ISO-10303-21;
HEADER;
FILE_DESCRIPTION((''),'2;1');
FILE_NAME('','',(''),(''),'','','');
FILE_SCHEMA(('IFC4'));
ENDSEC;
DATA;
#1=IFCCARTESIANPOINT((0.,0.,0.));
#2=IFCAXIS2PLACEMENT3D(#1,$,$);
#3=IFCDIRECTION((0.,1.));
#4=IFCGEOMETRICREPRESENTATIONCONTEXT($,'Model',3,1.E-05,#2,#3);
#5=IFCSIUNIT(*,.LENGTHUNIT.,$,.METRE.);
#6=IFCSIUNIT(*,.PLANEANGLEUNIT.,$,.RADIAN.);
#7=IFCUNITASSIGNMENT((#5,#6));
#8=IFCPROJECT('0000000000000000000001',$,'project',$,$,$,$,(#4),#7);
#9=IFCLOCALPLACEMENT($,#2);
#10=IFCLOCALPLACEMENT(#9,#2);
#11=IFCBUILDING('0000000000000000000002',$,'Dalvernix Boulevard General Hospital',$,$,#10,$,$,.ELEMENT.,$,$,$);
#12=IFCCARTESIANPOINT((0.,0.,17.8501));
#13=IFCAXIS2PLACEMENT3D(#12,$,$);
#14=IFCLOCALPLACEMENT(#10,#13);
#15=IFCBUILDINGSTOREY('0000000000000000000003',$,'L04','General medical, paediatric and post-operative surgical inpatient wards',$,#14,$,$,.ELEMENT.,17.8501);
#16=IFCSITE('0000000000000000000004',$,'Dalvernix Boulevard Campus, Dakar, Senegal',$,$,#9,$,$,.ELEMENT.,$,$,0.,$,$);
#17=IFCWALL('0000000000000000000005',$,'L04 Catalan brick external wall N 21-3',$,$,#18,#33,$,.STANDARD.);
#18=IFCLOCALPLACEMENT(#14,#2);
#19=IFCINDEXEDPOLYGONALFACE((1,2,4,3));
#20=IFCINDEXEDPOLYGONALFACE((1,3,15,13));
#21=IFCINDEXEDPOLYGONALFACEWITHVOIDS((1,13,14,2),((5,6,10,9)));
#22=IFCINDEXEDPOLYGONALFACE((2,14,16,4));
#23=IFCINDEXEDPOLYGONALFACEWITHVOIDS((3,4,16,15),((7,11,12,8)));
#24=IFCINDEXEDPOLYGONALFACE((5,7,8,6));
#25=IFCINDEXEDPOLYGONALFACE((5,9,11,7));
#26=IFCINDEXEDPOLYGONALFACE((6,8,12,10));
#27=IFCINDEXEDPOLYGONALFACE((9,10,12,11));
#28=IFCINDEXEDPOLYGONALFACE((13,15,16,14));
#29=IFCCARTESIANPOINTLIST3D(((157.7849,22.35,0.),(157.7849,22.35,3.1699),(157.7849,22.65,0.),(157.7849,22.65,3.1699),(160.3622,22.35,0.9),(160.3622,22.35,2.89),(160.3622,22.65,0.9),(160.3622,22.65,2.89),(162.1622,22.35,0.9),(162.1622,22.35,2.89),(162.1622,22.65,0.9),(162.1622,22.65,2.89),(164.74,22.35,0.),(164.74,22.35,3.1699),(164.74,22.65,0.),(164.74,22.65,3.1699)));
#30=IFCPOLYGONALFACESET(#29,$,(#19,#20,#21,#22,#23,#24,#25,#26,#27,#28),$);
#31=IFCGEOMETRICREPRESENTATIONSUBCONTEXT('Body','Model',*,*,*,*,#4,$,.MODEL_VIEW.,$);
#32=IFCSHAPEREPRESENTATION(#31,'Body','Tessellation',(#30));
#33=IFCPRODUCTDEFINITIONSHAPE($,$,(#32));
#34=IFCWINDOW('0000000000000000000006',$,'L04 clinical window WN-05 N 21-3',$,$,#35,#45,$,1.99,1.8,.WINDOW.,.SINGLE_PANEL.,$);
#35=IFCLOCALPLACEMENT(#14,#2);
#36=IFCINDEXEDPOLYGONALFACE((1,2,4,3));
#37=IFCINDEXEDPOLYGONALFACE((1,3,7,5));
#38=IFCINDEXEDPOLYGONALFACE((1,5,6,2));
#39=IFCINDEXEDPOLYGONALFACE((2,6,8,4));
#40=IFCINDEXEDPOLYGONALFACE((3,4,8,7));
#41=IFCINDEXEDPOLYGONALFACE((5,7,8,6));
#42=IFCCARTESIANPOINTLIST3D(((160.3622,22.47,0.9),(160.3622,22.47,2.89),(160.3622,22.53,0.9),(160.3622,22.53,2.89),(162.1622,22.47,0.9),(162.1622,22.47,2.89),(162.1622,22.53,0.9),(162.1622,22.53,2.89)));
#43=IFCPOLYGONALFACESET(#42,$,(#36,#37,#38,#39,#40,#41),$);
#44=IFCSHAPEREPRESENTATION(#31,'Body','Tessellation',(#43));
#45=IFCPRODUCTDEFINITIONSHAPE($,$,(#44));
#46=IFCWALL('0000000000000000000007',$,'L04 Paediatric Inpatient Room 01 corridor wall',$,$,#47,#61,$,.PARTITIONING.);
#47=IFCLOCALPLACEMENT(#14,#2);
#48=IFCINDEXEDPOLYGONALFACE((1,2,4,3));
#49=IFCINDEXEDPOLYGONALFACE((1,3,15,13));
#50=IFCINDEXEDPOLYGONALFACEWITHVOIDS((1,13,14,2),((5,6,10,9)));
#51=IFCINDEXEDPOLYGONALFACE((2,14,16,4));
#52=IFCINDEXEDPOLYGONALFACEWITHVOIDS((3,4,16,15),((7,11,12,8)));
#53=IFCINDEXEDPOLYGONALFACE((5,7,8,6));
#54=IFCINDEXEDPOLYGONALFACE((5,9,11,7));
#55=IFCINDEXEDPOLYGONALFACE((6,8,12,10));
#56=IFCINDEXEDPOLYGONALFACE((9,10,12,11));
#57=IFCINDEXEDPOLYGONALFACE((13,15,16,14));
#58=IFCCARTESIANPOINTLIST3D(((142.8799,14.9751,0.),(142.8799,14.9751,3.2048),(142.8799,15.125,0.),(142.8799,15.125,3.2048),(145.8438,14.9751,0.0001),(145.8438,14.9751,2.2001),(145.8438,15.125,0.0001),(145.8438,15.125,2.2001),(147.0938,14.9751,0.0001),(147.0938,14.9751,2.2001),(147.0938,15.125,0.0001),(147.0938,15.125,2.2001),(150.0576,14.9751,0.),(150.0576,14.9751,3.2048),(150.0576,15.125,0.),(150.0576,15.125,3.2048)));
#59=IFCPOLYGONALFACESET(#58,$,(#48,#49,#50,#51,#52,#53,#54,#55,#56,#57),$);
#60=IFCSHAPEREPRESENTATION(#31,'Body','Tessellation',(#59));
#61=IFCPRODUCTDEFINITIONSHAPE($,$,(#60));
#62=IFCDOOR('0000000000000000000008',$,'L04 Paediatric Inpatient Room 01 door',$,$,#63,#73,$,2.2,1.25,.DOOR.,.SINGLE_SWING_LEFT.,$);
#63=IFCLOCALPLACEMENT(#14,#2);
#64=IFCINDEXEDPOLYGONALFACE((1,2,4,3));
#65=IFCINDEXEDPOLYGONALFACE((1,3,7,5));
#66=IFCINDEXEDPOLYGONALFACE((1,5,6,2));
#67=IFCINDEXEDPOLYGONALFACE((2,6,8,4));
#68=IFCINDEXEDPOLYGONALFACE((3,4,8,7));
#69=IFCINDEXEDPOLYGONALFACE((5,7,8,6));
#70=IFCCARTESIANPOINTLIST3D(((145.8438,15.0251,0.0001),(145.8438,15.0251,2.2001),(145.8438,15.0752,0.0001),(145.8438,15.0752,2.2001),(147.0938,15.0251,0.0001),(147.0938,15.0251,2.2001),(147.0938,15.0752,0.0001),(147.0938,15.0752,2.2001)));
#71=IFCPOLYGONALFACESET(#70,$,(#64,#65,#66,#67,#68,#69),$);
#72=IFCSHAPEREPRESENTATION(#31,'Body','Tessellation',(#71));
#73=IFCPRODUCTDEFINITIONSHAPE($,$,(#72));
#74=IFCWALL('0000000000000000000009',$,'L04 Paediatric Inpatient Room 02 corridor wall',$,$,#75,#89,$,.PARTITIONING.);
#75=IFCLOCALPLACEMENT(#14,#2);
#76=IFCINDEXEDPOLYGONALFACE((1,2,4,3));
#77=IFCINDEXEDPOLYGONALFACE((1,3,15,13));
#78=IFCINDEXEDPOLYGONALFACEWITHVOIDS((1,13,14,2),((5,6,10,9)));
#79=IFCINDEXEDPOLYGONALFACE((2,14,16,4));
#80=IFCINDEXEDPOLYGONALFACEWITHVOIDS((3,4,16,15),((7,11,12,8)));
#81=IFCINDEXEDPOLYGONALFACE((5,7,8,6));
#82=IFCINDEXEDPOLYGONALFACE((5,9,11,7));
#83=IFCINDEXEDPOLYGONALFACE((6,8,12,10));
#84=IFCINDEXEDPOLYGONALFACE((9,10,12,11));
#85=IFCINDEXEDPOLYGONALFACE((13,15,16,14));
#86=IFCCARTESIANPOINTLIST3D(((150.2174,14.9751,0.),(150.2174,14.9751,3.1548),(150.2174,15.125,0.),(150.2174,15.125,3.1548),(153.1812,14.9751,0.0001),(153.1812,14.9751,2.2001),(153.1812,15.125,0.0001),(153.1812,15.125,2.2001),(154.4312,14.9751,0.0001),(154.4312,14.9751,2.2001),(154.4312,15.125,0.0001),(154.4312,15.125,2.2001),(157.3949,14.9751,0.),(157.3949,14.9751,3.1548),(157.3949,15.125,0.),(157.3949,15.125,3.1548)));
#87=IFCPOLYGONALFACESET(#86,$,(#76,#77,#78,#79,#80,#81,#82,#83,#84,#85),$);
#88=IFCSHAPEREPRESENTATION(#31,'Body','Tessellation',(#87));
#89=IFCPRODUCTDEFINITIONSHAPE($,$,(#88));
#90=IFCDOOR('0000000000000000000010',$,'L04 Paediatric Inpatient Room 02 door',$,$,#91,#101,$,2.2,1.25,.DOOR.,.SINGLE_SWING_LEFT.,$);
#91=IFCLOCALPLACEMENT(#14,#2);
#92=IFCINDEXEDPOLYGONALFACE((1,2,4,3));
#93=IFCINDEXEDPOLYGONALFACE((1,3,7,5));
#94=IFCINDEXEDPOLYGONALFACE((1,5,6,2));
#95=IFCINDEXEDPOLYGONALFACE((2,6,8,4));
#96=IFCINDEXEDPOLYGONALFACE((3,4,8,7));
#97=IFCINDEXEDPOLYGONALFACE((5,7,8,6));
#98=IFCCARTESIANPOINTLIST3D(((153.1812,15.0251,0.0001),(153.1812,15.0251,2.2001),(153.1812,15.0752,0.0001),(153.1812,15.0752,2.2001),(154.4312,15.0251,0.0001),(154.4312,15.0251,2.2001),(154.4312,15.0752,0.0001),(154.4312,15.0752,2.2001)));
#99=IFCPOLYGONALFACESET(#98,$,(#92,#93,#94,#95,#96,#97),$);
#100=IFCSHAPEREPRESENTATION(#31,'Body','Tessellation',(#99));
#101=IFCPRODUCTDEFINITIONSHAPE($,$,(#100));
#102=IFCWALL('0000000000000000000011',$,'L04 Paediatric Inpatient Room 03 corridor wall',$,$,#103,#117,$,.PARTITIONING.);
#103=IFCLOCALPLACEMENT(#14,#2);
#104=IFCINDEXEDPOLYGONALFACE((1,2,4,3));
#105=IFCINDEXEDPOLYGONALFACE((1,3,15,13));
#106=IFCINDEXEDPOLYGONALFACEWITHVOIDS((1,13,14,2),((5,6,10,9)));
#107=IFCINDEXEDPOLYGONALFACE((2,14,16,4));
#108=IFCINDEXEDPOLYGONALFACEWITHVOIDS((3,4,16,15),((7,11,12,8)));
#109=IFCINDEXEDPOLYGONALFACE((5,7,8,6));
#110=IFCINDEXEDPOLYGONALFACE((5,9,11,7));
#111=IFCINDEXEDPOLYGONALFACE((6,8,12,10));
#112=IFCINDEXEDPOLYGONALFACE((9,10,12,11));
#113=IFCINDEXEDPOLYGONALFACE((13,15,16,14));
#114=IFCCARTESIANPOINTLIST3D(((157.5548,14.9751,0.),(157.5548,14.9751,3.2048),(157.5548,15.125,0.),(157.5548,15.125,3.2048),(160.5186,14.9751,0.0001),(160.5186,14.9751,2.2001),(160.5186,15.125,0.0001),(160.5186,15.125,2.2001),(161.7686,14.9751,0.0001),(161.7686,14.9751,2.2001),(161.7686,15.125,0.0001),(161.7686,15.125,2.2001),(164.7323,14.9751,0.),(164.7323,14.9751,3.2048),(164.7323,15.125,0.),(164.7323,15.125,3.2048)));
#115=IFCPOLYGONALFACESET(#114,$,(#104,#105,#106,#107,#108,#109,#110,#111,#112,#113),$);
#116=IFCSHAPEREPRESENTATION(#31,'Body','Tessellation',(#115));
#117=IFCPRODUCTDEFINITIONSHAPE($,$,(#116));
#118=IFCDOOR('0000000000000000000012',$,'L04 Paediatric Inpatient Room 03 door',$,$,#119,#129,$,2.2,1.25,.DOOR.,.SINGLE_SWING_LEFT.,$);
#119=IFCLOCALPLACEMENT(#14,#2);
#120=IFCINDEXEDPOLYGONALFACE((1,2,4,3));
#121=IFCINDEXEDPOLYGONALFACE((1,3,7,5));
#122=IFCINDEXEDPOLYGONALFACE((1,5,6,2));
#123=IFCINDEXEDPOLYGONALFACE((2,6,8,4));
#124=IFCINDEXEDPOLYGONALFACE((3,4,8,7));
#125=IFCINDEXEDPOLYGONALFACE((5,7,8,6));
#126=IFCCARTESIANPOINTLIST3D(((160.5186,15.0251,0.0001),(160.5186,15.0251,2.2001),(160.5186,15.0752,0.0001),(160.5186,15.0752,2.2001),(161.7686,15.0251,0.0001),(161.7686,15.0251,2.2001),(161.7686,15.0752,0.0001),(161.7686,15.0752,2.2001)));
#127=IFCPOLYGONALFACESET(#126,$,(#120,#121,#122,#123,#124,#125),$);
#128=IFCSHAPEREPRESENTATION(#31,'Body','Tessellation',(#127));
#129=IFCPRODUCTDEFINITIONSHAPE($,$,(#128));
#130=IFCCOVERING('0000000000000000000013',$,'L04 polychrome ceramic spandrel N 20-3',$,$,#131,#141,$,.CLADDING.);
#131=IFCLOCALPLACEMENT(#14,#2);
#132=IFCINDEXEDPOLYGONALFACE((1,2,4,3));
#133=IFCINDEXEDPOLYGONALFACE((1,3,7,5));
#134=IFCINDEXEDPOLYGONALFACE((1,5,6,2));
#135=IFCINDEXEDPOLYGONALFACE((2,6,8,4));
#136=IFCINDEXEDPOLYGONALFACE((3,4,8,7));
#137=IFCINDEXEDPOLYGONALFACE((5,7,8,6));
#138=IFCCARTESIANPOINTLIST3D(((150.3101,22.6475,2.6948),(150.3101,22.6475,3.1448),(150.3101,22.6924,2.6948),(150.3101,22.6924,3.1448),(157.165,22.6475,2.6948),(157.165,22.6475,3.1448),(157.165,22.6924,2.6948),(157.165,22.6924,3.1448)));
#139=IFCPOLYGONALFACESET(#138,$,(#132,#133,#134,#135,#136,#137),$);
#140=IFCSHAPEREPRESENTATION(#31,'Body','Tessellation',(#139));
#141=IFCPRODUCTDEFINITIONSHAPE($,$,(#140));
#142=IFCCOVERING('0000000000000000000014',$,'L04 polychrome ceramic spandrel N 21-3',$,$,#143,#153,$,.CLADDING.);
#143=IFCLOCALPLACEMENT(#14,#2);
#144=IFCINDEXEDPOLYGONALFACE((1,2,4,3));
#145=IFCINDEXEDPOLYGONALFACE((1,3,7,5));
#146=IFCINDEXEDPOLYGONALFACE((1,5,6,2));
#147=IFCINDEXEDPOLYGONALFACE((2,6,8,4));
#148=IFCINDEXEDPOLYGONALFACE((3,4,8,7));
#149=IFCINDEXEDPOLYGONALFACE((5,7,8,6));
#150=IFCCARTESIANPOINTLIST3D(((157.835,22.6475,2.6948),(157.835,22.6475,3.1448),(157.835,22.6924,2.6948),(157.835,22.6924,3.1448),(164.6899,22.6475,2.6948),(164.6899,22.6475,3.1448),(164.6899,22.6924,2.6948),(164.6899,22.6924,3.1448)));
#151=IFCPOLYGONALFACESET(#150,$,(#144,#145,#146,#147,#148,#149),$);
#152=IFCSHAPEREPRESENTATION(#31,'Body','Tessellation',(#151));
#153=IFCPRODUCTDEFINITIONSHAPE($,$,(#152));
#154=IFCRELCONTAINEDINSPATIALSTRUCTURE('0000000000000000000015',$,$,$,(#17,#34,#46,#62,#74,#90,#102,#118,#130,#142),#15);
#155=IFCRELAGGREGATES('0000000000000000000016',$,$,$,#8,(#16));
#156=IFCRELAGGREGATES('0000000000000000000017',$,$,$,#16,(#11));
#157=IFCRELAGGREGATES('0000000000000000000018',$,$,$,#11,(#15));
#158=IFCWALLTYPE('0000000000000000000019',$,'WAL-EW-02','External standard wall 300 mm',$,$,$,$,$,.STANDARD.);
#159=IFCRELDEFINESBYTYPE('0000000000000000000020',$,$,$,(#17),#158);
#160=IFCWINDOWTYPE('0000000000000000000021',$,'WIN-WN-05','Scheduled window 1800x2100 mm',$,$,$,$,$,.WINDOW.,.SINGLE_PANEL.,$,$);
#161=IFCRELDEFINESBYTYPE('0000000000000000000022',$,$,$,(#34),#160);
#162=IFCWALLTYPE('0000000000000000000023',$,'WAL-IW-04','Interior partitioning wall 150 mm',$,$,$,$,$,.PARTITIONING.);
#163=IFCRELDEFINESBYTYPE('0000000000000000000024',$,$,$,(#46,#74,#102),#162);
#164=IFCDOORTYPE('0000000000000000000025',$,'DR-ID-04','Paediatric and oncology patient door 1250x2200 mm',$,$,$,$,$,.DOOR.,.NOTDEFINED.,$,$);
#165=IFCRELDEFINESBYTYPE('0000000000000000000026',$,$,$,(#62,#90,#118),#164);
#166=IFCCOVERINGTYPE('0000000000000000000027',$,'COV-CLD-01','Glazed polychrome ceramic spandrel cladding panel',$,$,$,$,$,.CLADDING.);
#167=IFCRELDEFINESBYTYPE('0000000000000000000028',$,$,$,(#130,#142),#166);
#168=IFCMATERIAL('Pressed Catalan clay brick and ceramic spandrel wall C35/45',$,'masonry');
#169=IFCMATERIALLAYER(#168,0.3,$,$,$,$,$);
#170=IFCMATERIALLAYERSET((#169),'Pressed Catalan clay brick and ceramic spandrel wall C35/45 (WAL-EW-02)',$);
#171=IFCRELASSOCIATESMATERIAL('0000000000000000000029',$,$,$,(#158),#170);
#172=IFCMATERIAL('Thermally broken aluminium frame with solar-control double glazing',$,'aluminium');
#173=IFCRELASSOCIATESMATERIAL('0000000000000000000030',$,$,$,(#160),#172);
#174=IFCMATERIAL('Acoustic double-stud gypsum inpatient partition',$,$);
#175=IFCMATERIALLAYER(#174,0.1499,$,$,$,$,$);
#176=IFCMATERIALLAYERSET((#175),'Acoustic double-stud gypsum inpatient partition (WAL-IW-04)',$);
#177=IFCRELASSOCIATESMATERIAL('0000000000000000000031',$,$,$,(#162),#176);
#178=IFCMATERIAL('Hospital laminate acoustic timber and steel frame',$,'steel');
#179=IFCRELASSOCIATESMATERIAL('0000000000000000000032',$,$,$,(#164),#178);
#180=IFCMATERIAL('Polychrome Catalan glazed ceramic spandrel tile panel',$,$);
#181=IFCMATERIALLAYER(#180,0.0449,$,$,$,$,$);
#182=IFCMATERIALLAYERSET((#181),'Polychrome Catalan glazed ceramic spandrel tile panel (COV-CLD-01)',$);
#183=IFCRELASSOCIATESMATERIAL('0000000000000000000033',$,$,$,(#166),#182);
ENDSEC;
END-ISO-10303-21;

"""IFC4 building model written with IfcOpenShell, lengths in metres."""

from ifc_helpers import new_model, si_unit, direction, frame, frame_2d, origin, origin_2d, place, context, subcontext, project, spatial, rectangle, extrude, material, layer, layer_set, type_object, element, fill, save


model = new_model("IFC4")

# Units and contexts
model_context = context("Model", 3, precision=1e-05, world=origin(), true_north=direction((0.0, 1.0)))
body_context = subcontext(model_context, "Body", "Model", "MODEL_VIEW")
ifc_project = project(units=[si_unit("LENGTHUNIT", "METRE"), si_unit("PLANEANGLEUNIT", "RADIAN")], contexts=[model_context])

# Site, building, storey
site_placement = place(None, origin())
site = spatial("IfcSite", under=ifc_project, at=site_placement, Name="Dalvernix Boulevard Campus, Dakar, Senegal", CompositionType="ELEMENT", RefElevation=0.0)
building_placement = place(site_placement, origin())
building = spatial("IfcBuilding", under=site, at=building_placement, Name="Dalvernix Boulevard General Hospital", CompositionType="ELEMENT")
storey_placement = place(building_placement, frame((0.0, 0.0, 17.8501)))
storey = spatial("IfcBuildingStorey", under=building, at=storey_placement, Name="L04", Description="General medical, paediatric and post-operative surgical inpatient wards", CompositionType="ELEMENT", Elevation=17.8501)

# Wall, opening, window
ifc_material_1 = material(Name="Pressed Catalan clay brick and ceramic spandrel wall C35/45", Category="masonry")
ifc_layer_1 = layer(ifc_material_1, 0.3)
ifc_layer_set_1 = layer_set([ifc_layer_1], Name="Pressed Catalan clay brick and ceramic spandrel wall C35/45 (WAL-EW-02)")
wall_type_1 = type_object("IfcWallType", Name="WAL-EW-02", Description="External standard wall 300 mm", PredefinedType="STANDARD", material=ifc_layer_set_1)
ifc_material_2 = material(Name="Thermally broken aluminium frame with solar-control double glazing", Category="aluminium")
wall_1_placement = place(storey_placement, frame((157.7849, 22.5, 0.0), z_axis=(0.0, 0.0, 1.0), x_axis=(1.0, 0.0, 0.0)))
wall_1 = element("IfcWall", 1, at=wall_1_placement, inside=storey, type_object=wall_type_1, Name="L04 Catalan brick external wall N 21-3", PredefinedType="STANDARD", context=body_context, shape_type="SweptSolid", body=[
    extrude(rectangle(XDim=6.9551, YDim=0.3, at=frame_2d((3.4775, 0.0))), origin(), (0.0, 0.0, 1.0), 3.1699),
])
opening_1_placement = place(wall_1_placement, frame((2.5774, 0.0, 0.8999)))
opening_1 = element("IfcOpeningElement", 2, at=opening_1_placement, cuts=wall_1, PredefinedType="OPENING", context=body_context, shape_type="SweptSolid", body=[
    extrude(rectangle(XDim=1.8, YDim=1.99, at=frame_2d((0.8999, 0.9951))), frame((0.0, 0.1599, 0.0), z_axis=(0.0, -1.0, 0.0), x_axis=(1.0, 0.0, 0.0)), (0.0, 0.0, 1.0), 0.3201),
])
window_type_1 = type_object("IfcWindowType", Name="WIN-WN-05", Description="Scheduled window 1800x2100 mm", PartitioningType="SINGLE_PANEL", PredefinedType="WINDOW", material=ifc_material_2)
window_1_placement = place(opening_1_placement, origin())
window_1 = element("IfcWindow", 3, at=window_1_placement, inside=storey, type_object=window_type_1, Name="L04 clinical window WN-05 N 21-3", OverallHeight=1.99, OverallWidth=1.8, PartitioningType="SINGLE_PANEL", PredefinedType="WINDOW", context=body_context, shape_type="SweptSolid", body=[
    extrude(rectangle(XDim=1.8, YDim=1.99, at=frame_2d((0.8999, 0.9951))), frame((0.0, 0.03, 0.0), z_axis=(0.0, -1.0, 0.0), x_axis=(1.0, 0.0, 0.0)), (0.0, 0.0, 1.0), 0.0601),
])
fill(opening_1, window_1)

# Walls, openings, doors
ifc_material_3 = material(Name="Acoustic double-stud gypsum inpatient partition")
ifc_layer_2 = layer(ifc_material_3, 0.1499)
ifc_layer_set_2 = layer_set([ifc_layer_2], Name="Acoustic double-stud gypsum inpatient partition (WAL-IW-04)")
wall_type_2 = type_object("IfcWallType", Name="WAL-IW-04", Description="Interior partitioning wall 150 mm", PredefinedType="PARTITIONING", material=ifc_layer_set_2)
wall_2_placement = place(storey_placement, frame((150.0576, 15.05, 0.0), z_axis=(0.0, 0.0, 1.0), x_axis=(-1.0, 0.0, 0.0)))
wall_2 = element("IfcWall", 4, at=wall_2_placement, inside=storey, type_object=wall_type_2, Name="L04 Paediatric Inpatient Room 01 corridor wall", PredefinedType="PARTITIONING", context=body_context, shape_type="SweptSolid", body=[
    extrude(rectangle(XDim=7.1777, YDim=0.1499, at=frame_2d((3.5889, 0.0))), origin(), (0.0, 0.0, 1.0), 3.2048),
])
opening_2_placement = place(wall_2_placement, frame((2.9639, 0.0, 0.0)))
opening_2 = element("IfcOpeningElement", 5, at=opening_2_placement, cuts=wall_2, PredefinedType="OPENING", context=body_context, shape_type="SweptSolid", body=[
    extrude(rectangle(XDim=1.25, YDim=2.2, at=frame_2d((0.625, 1.1001))), frame((0.0, 0.085, 0.0), z_axis=(0.0, -1.0, 0.0), x_axis=(1.0, 0.0, 0.0)), (0.0, 0.0, 1.0), 0.1699),
])
ifc_material_4 = material(Name="Hospital laminate acoustic timber and steel frame", Category="steel")
door_type = type_object("IfcDoorType", Name="DR-ID-04", Description="Paediatric and oncology patient door 1250x2200 mm", OperationType="NOTDEFINED", PredefinedType="DOOR", material=ifc_material_4)
door_1_placement = place(opening_2_placement, origin())
door_1 = element("IfcDoor", 6, at=door_1_placement, inside=storey, type_object=door_type, Name="L04 Paediatric Inpatient Room 01 door", OperationType="SINGLE_SWING_LEFT", OverallHeight=2.2, OverallWidth=1.25, PredefinedType="DOOR", context=body_context, shape_type="SweptSolid", body=[
    extrude(rectangle(XDim=1.25, YDim=2.2, at=frame_2d((0.625, 1.1001))), frame((0.0, 0.0249, 0.0), z_axis=(0.0, -1.0, 0.0), x_axis=(1.0, 0.0, 0.0)), (0.0, 0.0, 1.0), 0.05),
])
fill(opening_2, door_1)
wall_3_placement = place(storey_placement, frame((157.395, 15.05, 0.0), z_axis=(0.0, 0.0, 1.0), x_axis=(-1.0, 0.0, 0.0)))
wall_3 = element("IfcWall", 7, at=wall_3_placement, inside=storey, type_object=wall_type_2, Name="L04 Paediatric Inpatient Room 02 corridor wall", PredefinedType="PARTITIONING", context=body_context, shape_type="SweptSolid", body=[
    extrude(rectangle(XDim=7.1775, YDim=0.1499, at=frame_2d((3.5889, 0.0))), origin(), (0.0, 0.0, 1.0), 3.1548),
])
opening_3_placement = place(wall_3_placement, frame((2.9639, 0.0, 0.0)))
opening_3 = element("IfcOpeningElement", 8, at=opening_3_placement, cuts=wall_3, PredefinedType="OPENING", context=body_context, shape_type="SweptSolid", body=[
    extrude(rectangle(XDim=1.25, YDim=2.2, at=frame_2d((0.625, 1.1001))), frame((0.0, 0.085, 0.0), z_axis=(0.0, -1.0, 0.0), x_axis=(1.0, 0.0, 0.0)), (0.0, 0.0, 1.0), 0.1699),
])
door_2_placement = place(opening_3_placement, origin())
door_2 = element("IfcDoor", 9, at=door_2_placement, inside=storey, type_object=door_type, Name="L04 Paediatric Inpatient Room 02 door", OperationType="SINGLE_SWING_LEFT", OverallHeight=2.2, OverallWidth=1.25, PredefinedType="DOOR", context=body_context, shape_type="SweptSolid", body=[
    extrude(rectangle(XDim=1.25, YDim=2.2, at=frame_2d((0.625, 1.1001))), frame((0.0, 0.0249, 0.0), z_axis=(0.0, -1.0, 0.0), x_axis=(1.0, 0.0, 0.0)), (0.0, 0.0, 1.0), 0.05),
])
fill(opening_3, door_2)
wall_4_placement = place(storey_placement, frame((164.7324, 15.05, 0.0), z_axis=(0.0, 0.0, 1.0), x_axis=(-1.0, 0.0, 0.0)))
wall_4 = element("IfcWall", 10, at=wall_4_placement, inside=storey, type_object=wall_type_2, Name="L04 Paediatric Inpatient Room 03 corridor wall", PredefinedType="PARTITIONING", context=body_context, shape_type="SweptSolid", body=[
    extrude(rectangle(XDim=7.1775, YDim=0.1499, at=frame_2d((3.5889, 0.0))), origin(), (0.0, 0.0, 1.0), 3.2048),
])
opening_4_placement = place(wall_4_placement, frame((2.9639, 0.0, 0.0)))
opening_4 = element("IfcOpeningElement", 11, at=opening_4_placement, cuts=wall_4, PredefinedType="OPENING", context=body_context, shape_type="SweptSolid", body=[
    extrude(rectangle(XDim=1.25, YDim=2.2, at=frame_2d((0.625, 1.1001))), frame((0.0, 0.085, 0.0), z_axis=(0.0, -1.0, 0.0), x_axis=(1.0, 0.0, 0.0)), (0.0, 0.0, 1.0), 0.1699),
])
door_3_placement = place(opening_4_placement, origin())
door_3 = element("IfcDoor", 12, at=door_3_placement, inside=storey, type_object=door_type, Name="L04 Paediatric Inpatient Room 03 door", OperationType="SINGLE_SWING_LEFT", OverallHeight=2.2, OverallWidth=1.25, PredefinedType="DOOR", context=body_context, shape_type="SweptSolid", body=[
    extrude(rectangle(XDim=1.25, YDim=2.2, at=frame_2d((0.625, 1.1001))), frame((0.0, 0.0249, 0.0), z_axis=(0.0, -1.0, 0.0), x_axis=(1.0, 0.0, 0.0)), (0.0, 0.0, 1.0), 0.05),
])
fill(opening_4, door_3)

# Coverings
ifc_material_5 = material(Name="Polychrome Catalan glazed ceramic spandrel tile panel")
ifc_layer_3 = layer(ifc_material_5, 0.0449)
ifc_layer_set_3 = layer_set([ifc_layer_3], Name="Polychrome Catalan glazed ceramic spandrel tile panel (COV-CLD-01)")
covering_type = type_object("IfcCoveringType", Name="COV-CLD-01", Description="Glazed polychrome ceramic spandrel cladding panel", PredefinedType="CLADDING", material=ifc_layer_set_3)
for number, where, z_axis, x_axis, name in (
    (13, (153.7375, 22.6699, 2.6948), (0.0, 0.0, 1.0), (1.0, 0.0, 0.0), "L04 polychrome ceramic spandrel N 20-3"),
    (14, (161.2625, 22.6699, 2.6948), (0.0, 0.0, 1.0), (1.0, 0.0, 0.0), "L04 polychrome ceramic spandrel N 21-3"),
):
    element("IfcCovering", number, at=place(storey_placement, frame(where, z_axis=z_axis, x_axis=x_axis)), inside=storey, type_object=covering_type, Name=name, PredefinedType="CLADDING", context=body_context, shape_type="SweptSolid", body=[
        extrude(rectangle(XDim=6.855, YDim=0.0449, at=origin_2d()), origin(), (0.0, 0.0, 1.0), 0.45),
    ])

save(model, "model.ifc")
